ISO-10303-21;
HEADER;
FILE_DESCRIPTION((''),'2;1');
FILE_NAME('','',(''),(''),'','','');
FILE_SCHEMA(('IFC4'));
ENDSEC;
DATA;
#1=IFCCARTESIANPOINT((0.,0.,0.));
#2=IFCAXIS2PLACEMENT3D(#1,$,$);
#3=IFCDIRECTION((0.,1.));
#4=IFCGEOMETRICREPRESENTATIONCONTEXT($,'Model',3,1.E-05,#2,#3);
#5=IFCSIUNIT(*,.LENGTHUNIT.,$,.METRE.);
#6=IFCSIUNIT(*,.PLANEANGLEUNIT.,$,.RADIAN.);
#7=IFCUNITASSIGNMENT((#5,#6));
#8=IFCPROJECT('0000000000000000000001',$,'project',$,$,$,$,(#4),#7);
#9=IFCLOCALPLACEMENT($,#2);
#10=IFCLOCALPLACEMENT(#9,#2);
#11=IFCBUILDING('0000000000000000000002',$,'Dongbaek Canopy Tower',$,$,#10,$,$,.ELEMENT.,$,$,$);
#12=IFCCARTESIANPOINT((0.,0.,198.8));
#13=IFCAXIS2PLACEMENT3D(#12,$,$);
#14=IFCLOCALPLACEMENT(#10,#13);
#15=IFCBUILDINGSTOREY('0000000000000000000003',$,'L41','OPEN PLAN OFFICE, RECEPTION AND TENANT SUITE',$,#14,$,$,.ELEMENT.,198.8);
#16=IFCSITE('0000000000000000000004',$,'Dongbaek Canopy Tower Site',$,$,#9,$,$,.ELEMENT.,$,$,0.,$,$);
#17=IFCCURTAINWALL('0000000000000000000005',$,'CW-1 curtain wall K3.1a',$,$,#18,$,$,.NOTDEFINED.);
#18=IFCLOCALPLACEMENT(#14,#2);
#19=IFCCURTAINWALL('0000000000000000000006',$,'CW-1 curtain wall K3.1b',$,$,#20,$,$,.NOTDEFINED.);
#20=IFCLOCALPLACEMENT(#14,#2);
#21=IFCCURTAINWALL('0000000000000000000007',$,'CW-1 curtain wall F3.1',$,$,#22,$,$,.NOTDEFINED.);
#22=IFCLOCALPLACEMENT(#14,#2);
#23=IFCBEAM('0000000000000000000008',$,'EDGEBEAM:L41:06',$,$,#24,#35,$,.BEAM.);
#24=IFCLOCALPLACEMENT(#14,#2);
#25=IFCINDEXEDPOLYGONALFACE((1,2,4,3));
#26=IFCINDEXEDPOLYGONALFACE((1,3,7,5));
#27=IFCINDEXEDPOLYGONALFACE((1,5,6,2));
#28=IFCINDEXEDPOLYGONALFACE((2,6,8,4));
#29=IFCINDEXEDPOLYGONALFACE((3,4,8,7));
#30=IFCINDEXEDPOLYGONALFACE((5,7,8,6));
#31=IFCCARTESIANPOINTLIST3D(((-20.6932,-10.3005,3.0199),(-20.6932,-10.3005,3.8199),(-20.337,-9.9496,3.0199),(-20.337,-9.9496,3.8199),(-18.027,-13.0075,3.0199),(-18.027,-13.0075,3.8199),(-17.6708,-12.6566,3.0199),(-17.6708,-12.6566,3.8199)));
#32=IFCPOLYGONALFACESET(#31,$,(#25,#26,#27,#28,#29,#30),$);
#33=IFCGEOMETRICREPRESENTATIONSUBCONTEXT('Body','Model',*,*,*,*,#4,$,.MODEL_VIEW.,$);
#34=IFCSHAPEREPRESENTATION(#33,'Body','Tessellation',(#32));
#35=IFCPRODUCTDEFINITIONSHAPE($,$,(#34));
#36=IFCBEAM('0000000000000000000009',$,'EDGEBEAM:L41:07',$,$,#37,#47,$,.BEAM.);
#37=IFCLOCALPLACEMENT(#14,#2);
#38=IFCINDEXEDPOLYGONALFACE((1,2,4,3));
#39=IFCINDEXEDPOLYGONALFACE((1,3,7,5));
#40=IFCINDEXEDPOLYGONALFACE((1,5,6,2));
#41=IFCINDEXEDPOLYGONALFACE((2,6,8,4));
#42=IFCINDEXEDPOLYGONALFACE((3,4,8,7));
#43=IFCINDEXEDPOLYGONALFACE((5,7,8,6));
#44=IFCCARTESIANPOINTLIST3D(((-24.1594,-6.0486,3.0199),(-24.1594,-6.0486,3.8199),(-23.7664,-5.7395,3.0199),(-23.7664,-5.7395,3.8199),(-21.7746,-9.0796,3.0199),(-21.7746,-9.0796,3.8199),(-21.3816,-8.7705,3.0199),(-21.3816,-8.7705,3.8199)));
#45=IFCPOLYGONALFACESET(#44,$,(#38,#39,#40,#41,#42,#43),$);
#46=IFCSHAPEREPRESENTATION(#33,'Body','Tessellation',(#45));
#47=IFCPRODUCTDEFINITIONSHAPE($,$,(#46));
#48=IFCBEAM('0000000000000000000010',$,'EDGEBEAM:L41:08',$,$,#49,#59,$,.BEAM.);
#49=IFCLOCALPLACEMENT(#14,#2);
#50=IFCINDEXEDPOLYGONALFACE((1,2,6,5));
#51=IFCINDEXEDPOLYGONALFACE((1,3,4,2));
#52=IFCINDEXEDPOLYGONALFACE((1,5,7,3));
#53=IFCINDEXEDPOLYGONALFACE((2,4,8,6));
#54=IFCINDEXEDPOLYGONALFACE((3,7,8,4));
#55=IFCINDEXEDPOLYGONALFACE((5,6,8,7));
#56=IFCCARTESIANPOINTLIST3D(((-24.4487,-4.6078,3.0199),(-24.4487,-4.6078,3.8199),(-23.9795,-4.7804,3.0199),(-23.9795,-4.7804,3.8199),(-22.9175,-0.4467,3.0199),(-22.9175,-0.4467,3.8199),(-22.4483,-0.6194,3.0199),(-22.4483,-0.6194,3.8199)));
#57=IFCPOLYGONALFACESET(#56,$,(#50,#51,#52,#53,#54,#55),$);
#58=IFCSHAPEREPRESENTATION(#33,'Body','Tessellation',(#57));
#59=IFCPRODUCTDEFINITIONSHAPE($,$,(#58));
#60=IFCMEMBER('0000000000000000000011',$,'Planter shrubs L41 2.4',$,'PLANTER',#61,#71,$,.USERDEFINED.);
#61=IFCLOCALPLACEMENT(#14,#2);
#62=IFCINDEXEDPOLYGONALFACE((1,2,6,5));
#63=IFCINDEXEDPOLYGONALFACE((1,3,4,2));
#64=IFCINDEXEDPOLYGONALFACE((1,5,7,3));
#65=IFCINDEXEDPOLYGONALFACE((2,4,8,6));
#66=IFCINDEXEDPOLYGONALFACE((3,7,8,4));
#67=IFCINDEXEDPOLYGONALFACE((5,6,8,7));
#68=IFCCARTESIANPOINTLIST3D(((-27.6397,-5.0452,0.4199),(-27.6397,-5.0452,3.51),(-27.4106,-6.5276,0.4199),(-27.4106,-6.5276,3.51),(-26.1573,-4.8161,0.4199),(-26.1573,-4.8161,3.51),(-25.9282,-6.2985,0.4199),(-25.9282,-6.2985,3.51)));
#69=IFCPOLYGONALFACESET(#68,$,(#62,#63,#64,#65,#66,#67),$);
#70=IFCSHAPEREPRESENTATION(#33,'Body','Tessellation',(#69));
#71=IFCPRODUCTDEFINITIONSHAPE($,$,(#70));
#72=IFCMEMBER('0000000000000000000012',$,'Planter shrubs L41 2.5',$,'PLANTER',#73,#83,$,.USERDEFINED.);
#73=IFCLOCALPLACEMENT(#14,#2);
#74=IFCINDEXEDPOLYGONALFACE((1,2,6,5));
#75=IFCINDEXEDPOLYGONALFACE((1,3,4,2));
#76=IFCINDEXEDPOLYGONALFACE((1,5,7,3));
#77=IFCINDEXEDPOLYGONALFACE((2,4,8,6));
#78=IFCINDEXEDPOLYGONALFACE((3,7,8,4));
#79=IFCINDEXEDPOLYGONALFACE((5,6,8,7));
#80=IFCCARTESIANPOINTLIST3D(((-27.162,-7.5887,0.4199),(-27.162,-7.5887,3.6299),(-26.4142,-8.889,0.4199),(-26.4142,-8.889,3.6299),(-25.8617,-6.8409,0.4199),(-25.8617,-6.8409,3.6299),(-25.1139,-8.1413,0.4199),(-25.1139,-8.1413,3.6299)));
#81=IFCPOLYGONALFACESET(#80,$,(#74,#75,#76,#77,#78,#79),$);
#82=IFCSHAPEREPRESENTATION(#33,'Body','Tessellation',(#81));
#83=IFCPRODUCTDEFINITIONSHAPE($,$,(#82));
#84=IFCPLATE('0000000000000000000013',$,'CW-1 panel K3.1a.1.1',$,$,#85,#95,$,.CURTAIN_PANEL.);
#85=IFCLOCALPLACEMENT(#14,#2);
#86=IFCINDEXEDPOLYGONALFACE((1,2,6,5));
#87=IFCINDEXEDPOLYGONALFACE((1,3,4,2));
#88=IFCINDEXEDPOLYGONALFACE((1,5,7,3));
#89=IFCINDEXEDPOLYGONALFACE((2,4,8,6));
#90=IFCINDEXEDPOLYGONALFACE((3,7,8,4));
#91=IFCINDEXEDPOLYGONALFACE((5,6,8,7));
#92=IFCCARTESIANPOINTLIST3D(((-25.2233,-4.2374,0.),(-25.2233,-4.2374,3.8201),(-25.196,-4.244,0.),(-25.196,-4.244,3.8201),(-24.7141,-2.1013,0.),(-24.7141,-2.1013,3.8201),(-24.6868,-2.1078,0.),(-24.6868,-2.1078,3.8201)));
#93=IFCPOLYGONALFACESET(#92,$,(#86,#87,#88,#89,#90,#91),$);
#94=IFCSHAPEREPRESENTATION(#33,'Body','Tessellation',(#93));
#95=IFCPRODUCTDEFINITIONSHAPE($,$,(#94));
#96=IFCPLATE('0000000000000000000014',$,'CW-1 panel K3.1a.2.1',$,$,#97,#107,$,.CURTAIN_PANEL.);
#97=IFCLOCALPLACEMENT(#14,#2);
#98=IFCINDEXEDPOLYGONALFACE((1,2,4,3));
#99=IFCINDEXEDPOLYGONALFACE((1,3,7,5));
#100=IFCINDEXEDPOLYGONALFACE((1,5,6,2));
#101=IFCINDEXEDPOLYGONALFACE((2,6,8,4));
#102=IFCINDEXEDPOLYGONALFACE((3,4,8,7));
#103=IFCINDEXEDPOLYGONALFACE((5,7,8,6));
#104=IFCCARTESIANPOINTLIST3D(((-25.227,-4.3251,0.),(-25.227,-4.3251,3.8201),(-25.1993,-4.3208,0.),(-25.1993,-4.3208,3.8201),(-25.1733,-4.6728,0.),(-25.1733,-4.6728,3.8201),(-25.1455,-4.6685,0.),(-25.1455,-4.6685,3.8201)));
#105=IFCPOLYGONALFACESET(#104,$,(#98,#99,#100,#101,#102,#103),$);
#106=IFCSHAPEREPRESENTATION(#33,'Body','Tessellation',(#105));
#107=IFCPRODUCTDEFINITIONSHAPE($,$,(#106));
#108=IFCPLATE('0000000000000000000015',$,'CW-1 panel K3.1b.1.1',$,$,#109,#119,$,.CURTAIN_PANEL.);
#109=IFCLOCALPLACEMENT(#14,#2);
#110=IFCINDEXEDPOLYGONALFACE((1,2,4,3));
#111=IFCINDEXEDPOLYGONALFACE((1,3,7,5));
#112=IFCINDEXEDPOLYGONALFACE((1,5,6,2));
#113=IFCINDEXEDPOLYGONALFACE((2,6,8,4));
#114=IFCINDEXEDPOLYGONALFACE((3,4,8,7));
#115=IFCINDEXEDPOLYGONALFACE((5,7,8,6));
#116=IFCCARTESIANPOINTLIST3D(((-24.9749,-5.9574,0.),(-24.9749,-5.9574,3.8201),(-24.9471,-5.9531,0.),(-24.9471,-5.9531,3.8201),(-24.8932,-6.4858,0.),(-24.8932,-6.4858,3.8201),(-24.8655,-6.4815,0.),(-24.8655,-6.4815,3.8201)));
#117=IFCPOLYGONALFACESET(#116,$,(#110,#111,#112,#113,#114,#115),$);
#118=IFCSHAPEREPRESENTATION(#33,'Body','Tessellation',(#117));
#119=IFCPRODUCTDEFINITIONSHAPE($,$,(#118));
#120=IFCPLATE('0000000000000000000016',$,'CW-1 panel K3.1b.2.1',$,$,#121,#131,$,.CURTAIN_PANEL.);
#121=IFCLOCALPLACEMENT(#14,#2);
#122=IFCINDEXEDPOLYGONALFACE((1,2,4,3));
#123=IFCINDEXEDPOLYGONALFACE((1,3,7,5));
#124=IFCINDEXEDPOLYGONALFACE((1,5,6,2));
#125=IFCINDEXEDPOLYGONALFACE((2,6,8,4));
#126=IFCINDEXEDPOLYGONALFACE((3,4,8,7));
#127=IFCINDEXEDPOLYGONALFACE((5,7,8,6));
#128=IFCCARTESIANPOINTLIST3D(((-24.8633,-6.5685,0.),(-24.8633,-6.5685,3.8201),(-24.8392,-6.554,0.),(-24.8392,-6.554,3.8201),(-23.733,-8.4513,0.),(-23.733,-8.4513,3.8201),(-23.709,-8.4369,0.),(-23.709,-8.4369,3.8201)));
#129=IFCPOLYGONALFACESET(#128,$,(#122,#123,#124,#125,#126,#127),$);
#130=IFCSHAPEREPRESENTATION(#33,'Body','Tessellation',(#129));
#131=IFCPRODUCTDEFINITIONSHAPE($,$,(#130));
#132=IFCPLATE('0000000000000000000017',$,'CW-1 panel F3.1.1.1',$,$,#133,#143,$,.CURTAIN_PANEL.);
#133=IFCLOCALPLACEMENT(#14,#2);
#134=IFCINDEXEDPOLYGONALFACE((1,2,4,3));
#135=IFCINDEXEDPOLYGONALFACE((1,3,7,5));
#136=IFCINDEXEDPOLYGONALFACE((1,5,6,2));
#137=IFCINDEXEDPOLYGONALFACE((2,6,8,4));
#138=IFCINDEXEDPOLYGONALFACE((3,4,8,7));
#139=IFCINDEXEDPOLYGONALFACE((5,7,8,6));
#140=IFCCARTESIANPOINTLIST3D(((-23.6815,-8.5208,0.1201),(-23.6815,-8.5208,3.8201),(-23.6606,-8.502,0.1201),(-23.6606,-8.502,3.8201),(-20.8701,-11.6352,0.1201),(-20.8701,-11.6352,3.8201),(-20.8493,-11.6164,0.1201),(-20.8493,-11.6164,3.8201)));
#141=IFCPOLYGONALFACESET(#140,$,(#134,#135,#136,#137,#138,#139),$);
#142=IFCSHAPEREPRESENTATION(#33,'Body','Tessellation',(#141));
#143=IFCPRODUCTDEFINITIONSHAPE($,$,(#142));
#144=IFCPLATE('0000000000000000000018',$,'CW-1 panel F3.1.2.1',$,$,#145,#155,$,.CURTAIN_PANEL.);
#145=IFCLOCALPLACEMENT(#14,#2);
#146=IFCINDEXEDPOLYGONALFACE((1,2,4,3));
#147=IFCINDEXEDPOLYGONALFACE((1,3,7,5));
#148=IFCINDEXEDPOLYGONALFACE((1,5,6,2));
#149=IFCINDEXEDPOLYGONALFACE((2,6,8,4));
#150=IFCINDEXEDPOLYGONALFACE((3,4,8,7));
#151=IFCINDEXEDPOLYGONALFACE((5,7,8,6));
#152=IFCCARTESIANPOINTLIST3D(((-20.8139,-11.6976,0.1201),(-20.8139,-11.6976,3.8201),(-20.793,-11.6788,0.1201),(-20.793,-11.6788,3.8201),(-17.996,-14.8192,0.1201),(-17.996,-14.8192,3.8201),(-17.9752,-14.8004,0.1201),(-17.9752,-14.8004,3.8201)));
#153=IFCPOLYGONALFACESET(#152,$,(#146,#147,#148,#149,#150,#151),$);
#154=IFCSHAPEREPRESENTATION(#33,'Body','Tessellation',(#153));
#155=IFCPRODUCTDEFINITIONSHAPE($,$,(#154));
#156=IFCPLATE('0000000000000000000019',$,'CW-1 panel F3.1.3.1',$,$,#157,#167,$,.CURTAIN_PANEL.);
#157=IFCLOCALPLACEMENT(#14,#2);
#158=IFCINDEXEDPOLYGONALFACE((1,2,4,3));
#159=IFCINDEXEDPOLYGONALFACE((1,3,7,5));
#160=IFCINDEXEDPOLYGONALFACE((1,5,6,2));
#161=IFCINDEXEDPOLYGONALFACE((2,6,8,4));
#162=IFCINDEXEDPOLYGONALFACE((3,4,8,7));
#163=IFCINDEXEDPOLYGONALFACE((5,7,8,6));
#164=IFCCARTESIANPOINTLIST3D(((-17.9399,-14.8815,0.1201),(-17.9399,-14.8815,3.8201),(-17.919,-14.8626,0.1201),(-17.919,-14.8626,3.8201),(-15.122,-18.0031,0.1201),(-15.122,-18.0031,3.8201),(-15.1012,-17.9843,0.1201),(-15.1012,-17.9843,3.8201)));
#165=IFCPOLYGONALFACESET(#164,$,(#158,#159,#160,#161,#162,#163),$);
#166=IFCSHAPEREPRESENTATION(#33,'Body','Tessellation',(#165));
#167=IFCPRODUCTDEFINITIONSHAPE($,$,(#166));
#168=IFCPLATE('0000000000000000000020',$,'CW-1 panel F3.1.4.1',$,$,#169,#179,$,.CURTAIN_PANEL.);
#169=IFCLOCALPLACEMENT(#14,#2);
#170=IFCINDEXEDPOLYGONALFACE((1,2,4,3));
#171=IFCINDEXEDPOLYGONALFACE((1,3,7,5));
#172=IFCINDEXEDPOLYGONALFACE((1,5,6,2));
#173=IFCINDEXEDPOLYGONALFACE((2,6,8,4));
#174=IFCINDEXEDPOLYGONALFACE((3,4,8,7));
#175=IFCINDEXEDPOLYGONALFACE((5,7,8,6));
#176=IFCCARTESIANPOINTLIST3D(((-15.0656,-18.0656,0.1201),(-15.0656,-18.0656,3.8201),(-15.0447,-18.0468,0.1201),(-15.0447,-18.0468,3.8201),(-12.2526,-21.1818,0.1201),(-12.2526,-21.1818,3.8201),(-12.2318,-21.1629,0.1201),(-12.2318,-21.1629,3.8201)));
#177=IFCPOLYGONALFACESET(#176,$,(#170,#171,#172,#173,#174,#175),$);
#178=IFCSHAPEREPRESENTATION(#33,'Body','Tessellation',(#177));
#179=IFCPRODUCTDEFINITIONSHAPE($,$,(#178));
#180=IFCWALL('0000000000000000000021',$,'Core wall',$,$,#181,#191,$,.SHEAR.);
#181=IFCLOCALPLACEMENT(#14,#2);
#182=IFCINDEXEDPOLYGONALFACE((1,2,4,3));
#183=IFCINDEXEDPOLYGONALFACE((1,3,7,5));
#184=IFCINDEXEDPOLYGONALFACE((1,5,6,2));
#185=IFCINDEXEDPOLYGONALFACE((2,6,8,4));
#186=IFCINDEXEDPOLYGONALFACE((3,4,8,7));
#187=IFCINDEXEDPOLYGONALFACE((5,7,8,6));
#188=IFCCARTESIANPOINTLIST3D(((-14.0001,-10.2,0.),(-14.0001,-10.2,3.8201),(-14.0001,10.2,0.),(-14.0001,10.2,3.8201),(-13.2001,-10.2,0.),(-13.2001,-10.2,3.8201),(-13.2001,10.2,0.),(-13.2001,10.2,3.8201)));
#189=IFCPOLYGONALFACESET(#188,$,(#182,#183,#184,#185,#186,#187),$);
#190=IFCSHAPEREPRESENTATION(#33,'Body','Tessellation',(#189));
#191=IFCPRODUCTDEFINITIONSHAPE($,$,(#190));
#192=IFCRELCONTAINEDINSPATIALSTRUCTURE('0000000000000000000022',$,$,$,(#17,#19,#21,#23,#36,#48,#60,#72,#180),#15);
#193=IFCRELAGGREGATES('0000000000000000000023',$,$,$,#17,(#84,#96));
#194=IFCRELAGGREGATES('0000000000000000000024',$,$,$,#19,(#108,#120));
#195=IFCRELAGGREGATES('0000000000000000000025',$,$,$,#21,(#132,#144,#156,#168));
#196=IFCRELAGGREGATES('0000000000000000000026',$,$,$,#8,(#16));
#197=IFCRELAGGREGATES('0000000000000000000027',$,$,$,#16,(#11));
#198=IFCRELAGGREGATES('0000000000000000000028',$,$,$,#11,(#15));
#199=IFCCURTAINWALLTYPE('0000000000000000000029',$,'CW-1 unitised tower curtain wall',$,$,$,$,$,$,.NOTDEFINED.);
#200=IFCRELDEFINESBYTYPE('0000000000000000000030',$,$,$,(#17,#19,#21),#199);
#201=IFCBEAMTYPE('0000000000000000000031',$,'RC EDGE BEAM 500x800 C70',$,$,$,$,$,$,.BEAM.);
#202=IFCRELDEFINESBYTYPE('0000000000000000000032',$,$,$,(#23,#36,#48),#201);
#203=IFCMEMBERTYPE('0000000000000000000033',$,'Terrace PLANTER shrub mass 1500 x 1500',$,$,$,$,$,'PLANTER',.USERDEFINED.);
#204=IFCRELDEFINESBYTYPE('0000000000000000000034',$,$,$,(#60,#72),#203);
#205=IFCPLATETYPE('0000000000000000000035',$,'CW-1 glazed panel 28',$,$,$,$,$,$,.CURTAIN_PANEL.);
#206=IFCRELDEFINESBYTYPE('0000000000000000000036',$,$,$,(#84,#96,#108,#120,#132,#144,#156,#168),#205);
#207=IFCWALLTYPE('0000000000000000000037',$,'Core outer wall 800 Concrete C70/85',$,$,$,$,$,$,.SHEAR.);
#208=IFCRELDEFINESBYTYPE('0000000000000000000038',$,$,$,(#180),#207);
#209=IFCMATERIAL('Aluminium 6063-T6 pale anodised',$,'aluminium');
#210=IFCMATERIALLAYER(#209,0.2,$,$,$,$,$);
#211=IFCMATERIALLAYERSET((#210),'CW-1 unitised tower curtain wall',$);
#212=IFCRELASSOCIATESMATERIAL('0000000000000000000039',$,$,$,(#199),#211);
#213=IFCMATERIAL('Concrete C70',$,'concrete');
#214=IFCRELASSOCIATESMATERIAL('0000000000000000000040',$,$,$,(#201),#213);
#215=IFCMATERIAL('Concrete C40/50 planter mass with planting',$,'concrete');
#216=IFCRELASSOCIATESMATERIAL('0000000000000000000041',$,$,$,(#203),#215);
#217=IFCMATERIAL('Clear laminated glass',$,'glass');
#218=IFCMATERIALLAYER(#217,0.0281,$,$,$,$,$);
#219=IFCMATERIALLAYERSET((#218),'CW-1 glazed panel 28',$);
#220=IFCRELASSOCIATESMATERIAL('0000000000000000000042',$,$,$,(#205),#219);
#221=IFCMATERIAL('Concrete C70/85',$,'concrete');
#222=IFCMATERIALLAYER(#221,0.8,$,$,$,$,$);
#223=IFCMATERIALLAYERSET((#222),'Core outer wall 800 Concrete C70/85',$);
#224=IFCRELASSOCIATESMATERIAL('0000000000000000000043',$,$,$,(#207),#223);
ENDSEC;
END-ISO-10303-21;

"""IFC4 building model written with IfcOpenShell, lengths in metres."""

from ifc_helpers import new_model, si_unit, direction, frame, frame_2d, origin, origin_2d, place, context, subcontext, project, spatial, rectangle, extrude, material, layer, layer_set, material_profile, profile_set, type_object, element, aggregate, save


model = new_model("IFC4")

# Units and contexts
model_context = context("Model", 3, precision=1e-05, world=origin(), true_north=direction((0.0, 1.0)))
body_context = subcontext(model_context, "Body", "Model", "MODEL_VIEW")
ifc_project = project(units=[si_unit("LENGTHUNIT", "METRE"), si_unit("PLANEANGLEUNIT", "RADIAN")], contexts=[model_context])

# Site, building, storey
site_placement = place(None, origin())
site = spatial("IfcSite", under=ifc_project, at=site_placement, Name="Dongbaek Canopy Tower Site", CompositionType="ELEMENT", RefElevation=0.0)
building_placement = place(site_placement, origin())
building = spatial("IfcBuilding", under=site, at=building_placement, Name="Dongbaek Canopy Tower", CompositionType="ELEMENT")
storey_placement = place(building_placement, frame((0.0, 0.0, 198.8)))
storey = spatial("IfcBuildingStorey", under=building, at=storey_placement, Name="L41", Description="OPEN PLAN OFFICE, RECEPTION AND TENANT SUITE", CompositionType="ELEMENT", Elevation=198.8)

# Curtain walls
ifc_material_1 = material(Name="Aluminium 6063-T6 pale anodised", Category="aluminium")
ifc_layer_1 = layer(ifc_material_1, 0.2)
ifc_layer_set_1 = layer_set([ifc_layer_1], Name="CW-1 unitised tower curtain wall")
curtain_wall_type = type_object("IfcCurtainWallType", Name="CW-1 unitised tower curtain wall", PredefinedType="NOTDEFINED", material=ifc_layer_set_1)
curtain_wall_1_placement = place(storey_placement, origin())
curtain_wall_1 = element("IfcCurtainWall", 1, at=curtain_wall_1_placement, inside=storey, type_object=curtain_wall_type, Name="CW-1 curtain wall K3.1a", PredefinedType="NOTDEFINED")
curtain_wall_2_placement = place(storey_placement, origin())
curtain_wall_2 = element("IfcCurtainWall", 2, at=curtain_wall_2_placement, inside=storey, type_object=curtain_wall_type, Name="CW-1 curtain wall K3.1b", PredefinedType="NOTDEFINED")
curtain_wall_3_placement = place(storey_placement, origin())
curtain_wall_3 = element("IfcCurtainWall", 3, at=curtain_wall_3_placement, inside=storey, type_object=curtain_wall_type, Name="CW-1 curtain wall F3.1", PredefinedType="NOTDEFINED")

# Beams
ifc_material_2 = material(Name="Concrete C70", Category="concrete")
ifc_material_profile_1 = material_profile(ifc_material_2, rectangle(XDim=0.5, YDim=0.8, at=origin_2d()), Name="RC EDGE BEAM 500x800 C70")
ifc_profile_set_1 = profile_set([ifc_material_profile_1], Name="Concrete C70")
beam_type = type_object("IfcBeamType", Name="RC EDGE BEAM 500x800 C70", PredefinedType="BEAM", material=ifc_profile_set_1)
beam_1_placement = place(storey_placement, frame((-17.8489, -12.832, 3.4199), z_axis=(-0.701721, 0.712452, 0.0), x_axis=(-0.712452, -0.701721, 0.0)))
element("IfcBeam", 4, at=beam_1_placement, inside=storey, type_object=beam_type, Name="EDGEBEAM:L41:06", PredefinedType="BEAM", context=body_context, shape_type="SweptSolid", body=[
    extrude(rectangle(XDim=0.5, YDim=0.8, at=origin_2d()), origin(), (0.0, 0.0, 1.0), 3.7996),
])
beam_2_placement = place(storey_placement, frame((-21.5781, -8.925, 3.4199), z_axis=(-0.618344, 0.785907, 0.0), x_axis=(-0.785907, -0.618344, 0.0)))
element("IfcBeam", 5, at=beam_2_placement, inside=storey, type_object=beam_type, Name="EDGEBEAM:L41:07", PredefinedType="BEAM", context=body_context, shape_type="SweptSolid", body=[
    extrude(rectangle(XDim=0.5, YDim=0.8, at=origin_2d()), origin(), (0.0, 0.0, 1.0), 3.8567),
])
beam_3_placement = place(storey_placement, frame((-24.2141, -4.6941, 3.4199), z_axis=(0.345348, 0.938475, 0.0), x_axis=(-0.938475, 0.345348, 0.0)))
element("IfcBeam", 6, at=beam_3_placement, inside=storey, type_object=beam_type, Name="EDGEBEAM:L41:08", PredefinedType="BEAM", context=body_context, shape_type="SweptSolid", body=[
    extrude(rectangle(XDim=0.5, YDim=0.8, at=origin_2d()), origin(), (0.0, 0.0, 1.0), 4.4338),
])

# Members
ifc_material_3 = material(Name="Concrete C40/50 planter mass with planting", Category="concrete")
ifc_material_profile_2 = material_profile(ifc_material_3, rectangle(XDim=1.5, YDim=1.5, at=origin_2d()), Name="Terrace PLANTER shrub mass 1500 x 1500")
ifc_profile_set_2 = profile_set([ifc_material_profile_2], Name="Concrete C40/50 planter mass with planting")
member_type_1 = type_object("IfcMemberType", Name="Terrace PLANTER shrub mass 1500 x 1500", ElementType="PLANTER", PredefinedType="USERDEFINED", material=ifc_profile_set_2)
member_1_placement = place(storey_placement, frame((-26.7839, -5.6719, 0.4199), z_axis=(0.0, 0.0, 1.0), x_axis=(-0.988271, -0.152713, 0.0)))
element("IfcMember", 7, at=member_1_placement, inside=storey, type_object=member_type_1, Name="Planter shrubs L41 2.4", ObjectType="PLANTER", PredefinedType="USERDEFINED", context=body_context, shape_type="SweptSolid", body=[
    extrude(rectangle(XDim=1.5, YDim=1.5, at=origin_2d()), origin(), (0.0, 0.0, 1.0), 3.0901),
])
member_2_placement = place(storey_placement, frame((-26.1379, -7.865, 0.4199), z_axis=(0.0, 0.0, 1.0), x_axis=(-0.86688, -0.498517, 0.0)))
element("IfcMember", 8, at=member_2_placement, inside=storey, type_object=member_type_1, Name="Planter shrubs L41 2.5", ObjectType="PLANTER", PredefinedType="USERDEFINED", context=body_context, shape_type="SweptSolid", body=[
    extrude(rectangle(XDim=1.5, YDim=1.5, at=origin_2d()), origin(), (0.0, 0.0, 1.0), 3.21),
])

# Plates
ifc_material_4 = material(Name="Clear laminated glass", Category="glass")
ifc_layer_2 = layer(ifc_material_4, 0.0281)
ifc_layer_set_2 = layer_set([ifc_layer_2], Name="CW-1 glazed panel 28")
plate_type = type_object("IfcPlateType", Name="CW-1 glazed panel 28", PredefinedType="CURTAIN_PANEL", material=ifc_layer_set_2)
plate_1_placement = place(storey_placement, frame((-24.9551, -3.1726, 0.0), z_axis=(0.0, 0.0, 1.0), x_axis=(-0.231882, -0.972744, 0.0)))
plate_1 = element("IfcPlate", 9, at=plate_1_placement, type_object=plate_type, Name="CW-1 panel K3.1a.1.1", PredefinedType="CURTAIN_PANEL", context=body_context, shape_type="SweptSolid", body=[
    extrude(rectangle(XDim=2.196, YDim=0.0281, at=origin_2d()), origin(), (0.0, 0.0, 1.0), 3.8201),
])
plate_2_placement = place(storey_placement, frame((-25.1863, -4.4968, 0.0), z_axis=(0.0, 0.0, 1.0), x_axis=(0.152713, -0.988271, 0.0)))
plate_2 = element("IfcPlate", 10, at=plate_2_placement, type_object=plate_type, Name="CW-1 panel K3.1a.2.1", PredefinedType="CURTAIN_PANEL", context=body_context, shape_type="SweptSolid", body=[
    extrude(rectangle(XDim=0.3518, YDim=0.0281, at=origin_2d()), origin(), (0.0, 0.0, 1.0), 3.8201),
])
aggregate(curtain_wall_1, [plate_1, plate_2])
plate_3_placement = place(storey_placement, frame((-24.9202, -6.2195, 0.0), z_axis=(0.0, 0.0, 1.0), x_axis=(0.152713, -0.988271, 0.0)))
plate_3 = element("IfcPlate", 11, at=plate_3_placement, type_object=plate_type, Name="CW-1 panel K3.1b.1.1", PredefinedType="CURTAIN_PANEL", context=body_context, shape_type="SweptSolid", body=[
    extrude(rectangle(XDim=0.5347, YDim=0.0281, at=origin_2d()), origin(), (0.0, 0.0, 1.0), 3.8201),
])
plate_4_placement = place(storey_placement, frame((-24.2861, -7.5027, 0.0), z_axis=(0.0, 0.0, 1.0), x_axis=(0.514683, -0.857381, 0.0)))
plate_4 = element("IfcPlate", 12, at=plate_4_placement, type_object=plate_type, Name="CW-1 panel K3.1b.2.1", PredefinedType="CURTAIN_PANEL", context=body_context, shape_type="SweptSolid", body=[
    extrude(rectangle(XDim=2.196, YDim=0.0281, at=origin_2d()), origin(), (0.0, 0.0, 1.0), 3.8201),
])
aggregate(curtain_wall_2, [plate_3, plate_4])
plate_5_placement = place(storey_placement, frame((-22.2654, -10.0686, 0.1201), z_axis=(0.0, 0.0, 1.0), x_axis=(0.670068, -0.7423, 0.0)))
plate_5 = element("IfcPlate", 13, at=plate_5_placement, type_object=plate_type, Name="CW-1 panel F3.1.1.1", PredefinedType="CURTAIN_PANEL", context=body_context, shape_type="SweptSolid", body=[
    extrude(rectangle(XDim=4.1956, YDim=0.0281, at=origin_2d()), origin(), (0.0, 0.0, 1.0), 3.7),
])
plate_6_placement = place(storey_placement, frame((-19.3945, -13.249, 0.1201), z_axis=(0.0, 0.0, 1.0), x_axis=(0.670068, -0.7423, 0.0)))
plate_6 = element("IfcPlate", 14, at=plate_6_placement, type_object=plate_type, Name="CW-1 panel F3.1.2.1", PredefinedType="CURTAIN_PANEL", context=body_context, shape_type="SweptSolid", body=[
    extrude(rectangle(XDim=4.2053, YDim=0.0281, at=origin_2d()), origin(), (0.0, 0.0, 1.0), 3.7),
])
plate_7_placement = place(storey_placement, frame((-16.5205, -16.4329, 0.1201), z_axis=(0.0, 0.0, 1.0), x_axis=(0.670068, -0.7423, 0.0)))
plate_7 = element("IfcPlate", 15, at=plate_7_placement, type_object=plate_type, Name="CW-1 panel F3.1.3.1", PredefinedType="CURTAIN_PANEL", context=body_context, shape_type="SweptSolid", body=[
    extrude(rectangle(XDim=4.2053, YDim=0.0281, at=origin_2d()), origin(), (0.0, 0.0, 1.0), 3.7),
])
plate_8_placement = place(storey_placement, frame((-13.6487, -19.6143, 0.1201), z_axis=(0.0, 0.0, 1.0), x_axis=(0.670068, -0.7423, 0.0)))
plate_8 = element("IfcPlate", 16, at=plate_8_placement, type_object=plate_type, Name="CW-1 panel F3.1.4.1", PredefinedType="CURTAIN_PANEL", context=body_context, shape_type="SweptSolid", body=[
    extrude(rectangle(XDim=4.198, YDim=0.0281, at=origin_2d()), origin(), (0.0, 0.0, 1.0), 3.7),
])

# Wall
ifc_material_5 = material(Name="Concrete C70/85", Category="concrete")
ifc_layer_3 = layer(ifc_material_5, 0.8)
ifc_layer_set_3 = layer_set([ifc_layer_3], Name="Core outer wall 800 Concrete C70/85")
wall_type_1 = type_object("IfcWallType", Name="Core outer wall 800 Concrete C70/85", PredefinedType="SHEAR", material=ifc_layer_set_3)
wall_1_placement = place(storey_placement, frame((-13.6001, -10.2, 0.0), z_axis=(0.0, 0.0, 1.0), x_axis=(0.0, 1.0, 0.0)))
element("IfcWall", 17, at=wall_1_placement, inside=storey, type_object=wall_type_1, Name="Core wall", PredefinedType="SHEAR", context=body_context, shape_type="SweptSolid", body=[
    extrude(rectangle(XDim=20.3999, YDim=0.8, at=frame_2d((10.2, 0.0))), origin(), (0.0, 0.0, 1.0), 3.8201),
])

aggregate(curtain_wall_3, [plate_5, plate_6, plate_7, plate_8])

save(model, "model.ifc")
